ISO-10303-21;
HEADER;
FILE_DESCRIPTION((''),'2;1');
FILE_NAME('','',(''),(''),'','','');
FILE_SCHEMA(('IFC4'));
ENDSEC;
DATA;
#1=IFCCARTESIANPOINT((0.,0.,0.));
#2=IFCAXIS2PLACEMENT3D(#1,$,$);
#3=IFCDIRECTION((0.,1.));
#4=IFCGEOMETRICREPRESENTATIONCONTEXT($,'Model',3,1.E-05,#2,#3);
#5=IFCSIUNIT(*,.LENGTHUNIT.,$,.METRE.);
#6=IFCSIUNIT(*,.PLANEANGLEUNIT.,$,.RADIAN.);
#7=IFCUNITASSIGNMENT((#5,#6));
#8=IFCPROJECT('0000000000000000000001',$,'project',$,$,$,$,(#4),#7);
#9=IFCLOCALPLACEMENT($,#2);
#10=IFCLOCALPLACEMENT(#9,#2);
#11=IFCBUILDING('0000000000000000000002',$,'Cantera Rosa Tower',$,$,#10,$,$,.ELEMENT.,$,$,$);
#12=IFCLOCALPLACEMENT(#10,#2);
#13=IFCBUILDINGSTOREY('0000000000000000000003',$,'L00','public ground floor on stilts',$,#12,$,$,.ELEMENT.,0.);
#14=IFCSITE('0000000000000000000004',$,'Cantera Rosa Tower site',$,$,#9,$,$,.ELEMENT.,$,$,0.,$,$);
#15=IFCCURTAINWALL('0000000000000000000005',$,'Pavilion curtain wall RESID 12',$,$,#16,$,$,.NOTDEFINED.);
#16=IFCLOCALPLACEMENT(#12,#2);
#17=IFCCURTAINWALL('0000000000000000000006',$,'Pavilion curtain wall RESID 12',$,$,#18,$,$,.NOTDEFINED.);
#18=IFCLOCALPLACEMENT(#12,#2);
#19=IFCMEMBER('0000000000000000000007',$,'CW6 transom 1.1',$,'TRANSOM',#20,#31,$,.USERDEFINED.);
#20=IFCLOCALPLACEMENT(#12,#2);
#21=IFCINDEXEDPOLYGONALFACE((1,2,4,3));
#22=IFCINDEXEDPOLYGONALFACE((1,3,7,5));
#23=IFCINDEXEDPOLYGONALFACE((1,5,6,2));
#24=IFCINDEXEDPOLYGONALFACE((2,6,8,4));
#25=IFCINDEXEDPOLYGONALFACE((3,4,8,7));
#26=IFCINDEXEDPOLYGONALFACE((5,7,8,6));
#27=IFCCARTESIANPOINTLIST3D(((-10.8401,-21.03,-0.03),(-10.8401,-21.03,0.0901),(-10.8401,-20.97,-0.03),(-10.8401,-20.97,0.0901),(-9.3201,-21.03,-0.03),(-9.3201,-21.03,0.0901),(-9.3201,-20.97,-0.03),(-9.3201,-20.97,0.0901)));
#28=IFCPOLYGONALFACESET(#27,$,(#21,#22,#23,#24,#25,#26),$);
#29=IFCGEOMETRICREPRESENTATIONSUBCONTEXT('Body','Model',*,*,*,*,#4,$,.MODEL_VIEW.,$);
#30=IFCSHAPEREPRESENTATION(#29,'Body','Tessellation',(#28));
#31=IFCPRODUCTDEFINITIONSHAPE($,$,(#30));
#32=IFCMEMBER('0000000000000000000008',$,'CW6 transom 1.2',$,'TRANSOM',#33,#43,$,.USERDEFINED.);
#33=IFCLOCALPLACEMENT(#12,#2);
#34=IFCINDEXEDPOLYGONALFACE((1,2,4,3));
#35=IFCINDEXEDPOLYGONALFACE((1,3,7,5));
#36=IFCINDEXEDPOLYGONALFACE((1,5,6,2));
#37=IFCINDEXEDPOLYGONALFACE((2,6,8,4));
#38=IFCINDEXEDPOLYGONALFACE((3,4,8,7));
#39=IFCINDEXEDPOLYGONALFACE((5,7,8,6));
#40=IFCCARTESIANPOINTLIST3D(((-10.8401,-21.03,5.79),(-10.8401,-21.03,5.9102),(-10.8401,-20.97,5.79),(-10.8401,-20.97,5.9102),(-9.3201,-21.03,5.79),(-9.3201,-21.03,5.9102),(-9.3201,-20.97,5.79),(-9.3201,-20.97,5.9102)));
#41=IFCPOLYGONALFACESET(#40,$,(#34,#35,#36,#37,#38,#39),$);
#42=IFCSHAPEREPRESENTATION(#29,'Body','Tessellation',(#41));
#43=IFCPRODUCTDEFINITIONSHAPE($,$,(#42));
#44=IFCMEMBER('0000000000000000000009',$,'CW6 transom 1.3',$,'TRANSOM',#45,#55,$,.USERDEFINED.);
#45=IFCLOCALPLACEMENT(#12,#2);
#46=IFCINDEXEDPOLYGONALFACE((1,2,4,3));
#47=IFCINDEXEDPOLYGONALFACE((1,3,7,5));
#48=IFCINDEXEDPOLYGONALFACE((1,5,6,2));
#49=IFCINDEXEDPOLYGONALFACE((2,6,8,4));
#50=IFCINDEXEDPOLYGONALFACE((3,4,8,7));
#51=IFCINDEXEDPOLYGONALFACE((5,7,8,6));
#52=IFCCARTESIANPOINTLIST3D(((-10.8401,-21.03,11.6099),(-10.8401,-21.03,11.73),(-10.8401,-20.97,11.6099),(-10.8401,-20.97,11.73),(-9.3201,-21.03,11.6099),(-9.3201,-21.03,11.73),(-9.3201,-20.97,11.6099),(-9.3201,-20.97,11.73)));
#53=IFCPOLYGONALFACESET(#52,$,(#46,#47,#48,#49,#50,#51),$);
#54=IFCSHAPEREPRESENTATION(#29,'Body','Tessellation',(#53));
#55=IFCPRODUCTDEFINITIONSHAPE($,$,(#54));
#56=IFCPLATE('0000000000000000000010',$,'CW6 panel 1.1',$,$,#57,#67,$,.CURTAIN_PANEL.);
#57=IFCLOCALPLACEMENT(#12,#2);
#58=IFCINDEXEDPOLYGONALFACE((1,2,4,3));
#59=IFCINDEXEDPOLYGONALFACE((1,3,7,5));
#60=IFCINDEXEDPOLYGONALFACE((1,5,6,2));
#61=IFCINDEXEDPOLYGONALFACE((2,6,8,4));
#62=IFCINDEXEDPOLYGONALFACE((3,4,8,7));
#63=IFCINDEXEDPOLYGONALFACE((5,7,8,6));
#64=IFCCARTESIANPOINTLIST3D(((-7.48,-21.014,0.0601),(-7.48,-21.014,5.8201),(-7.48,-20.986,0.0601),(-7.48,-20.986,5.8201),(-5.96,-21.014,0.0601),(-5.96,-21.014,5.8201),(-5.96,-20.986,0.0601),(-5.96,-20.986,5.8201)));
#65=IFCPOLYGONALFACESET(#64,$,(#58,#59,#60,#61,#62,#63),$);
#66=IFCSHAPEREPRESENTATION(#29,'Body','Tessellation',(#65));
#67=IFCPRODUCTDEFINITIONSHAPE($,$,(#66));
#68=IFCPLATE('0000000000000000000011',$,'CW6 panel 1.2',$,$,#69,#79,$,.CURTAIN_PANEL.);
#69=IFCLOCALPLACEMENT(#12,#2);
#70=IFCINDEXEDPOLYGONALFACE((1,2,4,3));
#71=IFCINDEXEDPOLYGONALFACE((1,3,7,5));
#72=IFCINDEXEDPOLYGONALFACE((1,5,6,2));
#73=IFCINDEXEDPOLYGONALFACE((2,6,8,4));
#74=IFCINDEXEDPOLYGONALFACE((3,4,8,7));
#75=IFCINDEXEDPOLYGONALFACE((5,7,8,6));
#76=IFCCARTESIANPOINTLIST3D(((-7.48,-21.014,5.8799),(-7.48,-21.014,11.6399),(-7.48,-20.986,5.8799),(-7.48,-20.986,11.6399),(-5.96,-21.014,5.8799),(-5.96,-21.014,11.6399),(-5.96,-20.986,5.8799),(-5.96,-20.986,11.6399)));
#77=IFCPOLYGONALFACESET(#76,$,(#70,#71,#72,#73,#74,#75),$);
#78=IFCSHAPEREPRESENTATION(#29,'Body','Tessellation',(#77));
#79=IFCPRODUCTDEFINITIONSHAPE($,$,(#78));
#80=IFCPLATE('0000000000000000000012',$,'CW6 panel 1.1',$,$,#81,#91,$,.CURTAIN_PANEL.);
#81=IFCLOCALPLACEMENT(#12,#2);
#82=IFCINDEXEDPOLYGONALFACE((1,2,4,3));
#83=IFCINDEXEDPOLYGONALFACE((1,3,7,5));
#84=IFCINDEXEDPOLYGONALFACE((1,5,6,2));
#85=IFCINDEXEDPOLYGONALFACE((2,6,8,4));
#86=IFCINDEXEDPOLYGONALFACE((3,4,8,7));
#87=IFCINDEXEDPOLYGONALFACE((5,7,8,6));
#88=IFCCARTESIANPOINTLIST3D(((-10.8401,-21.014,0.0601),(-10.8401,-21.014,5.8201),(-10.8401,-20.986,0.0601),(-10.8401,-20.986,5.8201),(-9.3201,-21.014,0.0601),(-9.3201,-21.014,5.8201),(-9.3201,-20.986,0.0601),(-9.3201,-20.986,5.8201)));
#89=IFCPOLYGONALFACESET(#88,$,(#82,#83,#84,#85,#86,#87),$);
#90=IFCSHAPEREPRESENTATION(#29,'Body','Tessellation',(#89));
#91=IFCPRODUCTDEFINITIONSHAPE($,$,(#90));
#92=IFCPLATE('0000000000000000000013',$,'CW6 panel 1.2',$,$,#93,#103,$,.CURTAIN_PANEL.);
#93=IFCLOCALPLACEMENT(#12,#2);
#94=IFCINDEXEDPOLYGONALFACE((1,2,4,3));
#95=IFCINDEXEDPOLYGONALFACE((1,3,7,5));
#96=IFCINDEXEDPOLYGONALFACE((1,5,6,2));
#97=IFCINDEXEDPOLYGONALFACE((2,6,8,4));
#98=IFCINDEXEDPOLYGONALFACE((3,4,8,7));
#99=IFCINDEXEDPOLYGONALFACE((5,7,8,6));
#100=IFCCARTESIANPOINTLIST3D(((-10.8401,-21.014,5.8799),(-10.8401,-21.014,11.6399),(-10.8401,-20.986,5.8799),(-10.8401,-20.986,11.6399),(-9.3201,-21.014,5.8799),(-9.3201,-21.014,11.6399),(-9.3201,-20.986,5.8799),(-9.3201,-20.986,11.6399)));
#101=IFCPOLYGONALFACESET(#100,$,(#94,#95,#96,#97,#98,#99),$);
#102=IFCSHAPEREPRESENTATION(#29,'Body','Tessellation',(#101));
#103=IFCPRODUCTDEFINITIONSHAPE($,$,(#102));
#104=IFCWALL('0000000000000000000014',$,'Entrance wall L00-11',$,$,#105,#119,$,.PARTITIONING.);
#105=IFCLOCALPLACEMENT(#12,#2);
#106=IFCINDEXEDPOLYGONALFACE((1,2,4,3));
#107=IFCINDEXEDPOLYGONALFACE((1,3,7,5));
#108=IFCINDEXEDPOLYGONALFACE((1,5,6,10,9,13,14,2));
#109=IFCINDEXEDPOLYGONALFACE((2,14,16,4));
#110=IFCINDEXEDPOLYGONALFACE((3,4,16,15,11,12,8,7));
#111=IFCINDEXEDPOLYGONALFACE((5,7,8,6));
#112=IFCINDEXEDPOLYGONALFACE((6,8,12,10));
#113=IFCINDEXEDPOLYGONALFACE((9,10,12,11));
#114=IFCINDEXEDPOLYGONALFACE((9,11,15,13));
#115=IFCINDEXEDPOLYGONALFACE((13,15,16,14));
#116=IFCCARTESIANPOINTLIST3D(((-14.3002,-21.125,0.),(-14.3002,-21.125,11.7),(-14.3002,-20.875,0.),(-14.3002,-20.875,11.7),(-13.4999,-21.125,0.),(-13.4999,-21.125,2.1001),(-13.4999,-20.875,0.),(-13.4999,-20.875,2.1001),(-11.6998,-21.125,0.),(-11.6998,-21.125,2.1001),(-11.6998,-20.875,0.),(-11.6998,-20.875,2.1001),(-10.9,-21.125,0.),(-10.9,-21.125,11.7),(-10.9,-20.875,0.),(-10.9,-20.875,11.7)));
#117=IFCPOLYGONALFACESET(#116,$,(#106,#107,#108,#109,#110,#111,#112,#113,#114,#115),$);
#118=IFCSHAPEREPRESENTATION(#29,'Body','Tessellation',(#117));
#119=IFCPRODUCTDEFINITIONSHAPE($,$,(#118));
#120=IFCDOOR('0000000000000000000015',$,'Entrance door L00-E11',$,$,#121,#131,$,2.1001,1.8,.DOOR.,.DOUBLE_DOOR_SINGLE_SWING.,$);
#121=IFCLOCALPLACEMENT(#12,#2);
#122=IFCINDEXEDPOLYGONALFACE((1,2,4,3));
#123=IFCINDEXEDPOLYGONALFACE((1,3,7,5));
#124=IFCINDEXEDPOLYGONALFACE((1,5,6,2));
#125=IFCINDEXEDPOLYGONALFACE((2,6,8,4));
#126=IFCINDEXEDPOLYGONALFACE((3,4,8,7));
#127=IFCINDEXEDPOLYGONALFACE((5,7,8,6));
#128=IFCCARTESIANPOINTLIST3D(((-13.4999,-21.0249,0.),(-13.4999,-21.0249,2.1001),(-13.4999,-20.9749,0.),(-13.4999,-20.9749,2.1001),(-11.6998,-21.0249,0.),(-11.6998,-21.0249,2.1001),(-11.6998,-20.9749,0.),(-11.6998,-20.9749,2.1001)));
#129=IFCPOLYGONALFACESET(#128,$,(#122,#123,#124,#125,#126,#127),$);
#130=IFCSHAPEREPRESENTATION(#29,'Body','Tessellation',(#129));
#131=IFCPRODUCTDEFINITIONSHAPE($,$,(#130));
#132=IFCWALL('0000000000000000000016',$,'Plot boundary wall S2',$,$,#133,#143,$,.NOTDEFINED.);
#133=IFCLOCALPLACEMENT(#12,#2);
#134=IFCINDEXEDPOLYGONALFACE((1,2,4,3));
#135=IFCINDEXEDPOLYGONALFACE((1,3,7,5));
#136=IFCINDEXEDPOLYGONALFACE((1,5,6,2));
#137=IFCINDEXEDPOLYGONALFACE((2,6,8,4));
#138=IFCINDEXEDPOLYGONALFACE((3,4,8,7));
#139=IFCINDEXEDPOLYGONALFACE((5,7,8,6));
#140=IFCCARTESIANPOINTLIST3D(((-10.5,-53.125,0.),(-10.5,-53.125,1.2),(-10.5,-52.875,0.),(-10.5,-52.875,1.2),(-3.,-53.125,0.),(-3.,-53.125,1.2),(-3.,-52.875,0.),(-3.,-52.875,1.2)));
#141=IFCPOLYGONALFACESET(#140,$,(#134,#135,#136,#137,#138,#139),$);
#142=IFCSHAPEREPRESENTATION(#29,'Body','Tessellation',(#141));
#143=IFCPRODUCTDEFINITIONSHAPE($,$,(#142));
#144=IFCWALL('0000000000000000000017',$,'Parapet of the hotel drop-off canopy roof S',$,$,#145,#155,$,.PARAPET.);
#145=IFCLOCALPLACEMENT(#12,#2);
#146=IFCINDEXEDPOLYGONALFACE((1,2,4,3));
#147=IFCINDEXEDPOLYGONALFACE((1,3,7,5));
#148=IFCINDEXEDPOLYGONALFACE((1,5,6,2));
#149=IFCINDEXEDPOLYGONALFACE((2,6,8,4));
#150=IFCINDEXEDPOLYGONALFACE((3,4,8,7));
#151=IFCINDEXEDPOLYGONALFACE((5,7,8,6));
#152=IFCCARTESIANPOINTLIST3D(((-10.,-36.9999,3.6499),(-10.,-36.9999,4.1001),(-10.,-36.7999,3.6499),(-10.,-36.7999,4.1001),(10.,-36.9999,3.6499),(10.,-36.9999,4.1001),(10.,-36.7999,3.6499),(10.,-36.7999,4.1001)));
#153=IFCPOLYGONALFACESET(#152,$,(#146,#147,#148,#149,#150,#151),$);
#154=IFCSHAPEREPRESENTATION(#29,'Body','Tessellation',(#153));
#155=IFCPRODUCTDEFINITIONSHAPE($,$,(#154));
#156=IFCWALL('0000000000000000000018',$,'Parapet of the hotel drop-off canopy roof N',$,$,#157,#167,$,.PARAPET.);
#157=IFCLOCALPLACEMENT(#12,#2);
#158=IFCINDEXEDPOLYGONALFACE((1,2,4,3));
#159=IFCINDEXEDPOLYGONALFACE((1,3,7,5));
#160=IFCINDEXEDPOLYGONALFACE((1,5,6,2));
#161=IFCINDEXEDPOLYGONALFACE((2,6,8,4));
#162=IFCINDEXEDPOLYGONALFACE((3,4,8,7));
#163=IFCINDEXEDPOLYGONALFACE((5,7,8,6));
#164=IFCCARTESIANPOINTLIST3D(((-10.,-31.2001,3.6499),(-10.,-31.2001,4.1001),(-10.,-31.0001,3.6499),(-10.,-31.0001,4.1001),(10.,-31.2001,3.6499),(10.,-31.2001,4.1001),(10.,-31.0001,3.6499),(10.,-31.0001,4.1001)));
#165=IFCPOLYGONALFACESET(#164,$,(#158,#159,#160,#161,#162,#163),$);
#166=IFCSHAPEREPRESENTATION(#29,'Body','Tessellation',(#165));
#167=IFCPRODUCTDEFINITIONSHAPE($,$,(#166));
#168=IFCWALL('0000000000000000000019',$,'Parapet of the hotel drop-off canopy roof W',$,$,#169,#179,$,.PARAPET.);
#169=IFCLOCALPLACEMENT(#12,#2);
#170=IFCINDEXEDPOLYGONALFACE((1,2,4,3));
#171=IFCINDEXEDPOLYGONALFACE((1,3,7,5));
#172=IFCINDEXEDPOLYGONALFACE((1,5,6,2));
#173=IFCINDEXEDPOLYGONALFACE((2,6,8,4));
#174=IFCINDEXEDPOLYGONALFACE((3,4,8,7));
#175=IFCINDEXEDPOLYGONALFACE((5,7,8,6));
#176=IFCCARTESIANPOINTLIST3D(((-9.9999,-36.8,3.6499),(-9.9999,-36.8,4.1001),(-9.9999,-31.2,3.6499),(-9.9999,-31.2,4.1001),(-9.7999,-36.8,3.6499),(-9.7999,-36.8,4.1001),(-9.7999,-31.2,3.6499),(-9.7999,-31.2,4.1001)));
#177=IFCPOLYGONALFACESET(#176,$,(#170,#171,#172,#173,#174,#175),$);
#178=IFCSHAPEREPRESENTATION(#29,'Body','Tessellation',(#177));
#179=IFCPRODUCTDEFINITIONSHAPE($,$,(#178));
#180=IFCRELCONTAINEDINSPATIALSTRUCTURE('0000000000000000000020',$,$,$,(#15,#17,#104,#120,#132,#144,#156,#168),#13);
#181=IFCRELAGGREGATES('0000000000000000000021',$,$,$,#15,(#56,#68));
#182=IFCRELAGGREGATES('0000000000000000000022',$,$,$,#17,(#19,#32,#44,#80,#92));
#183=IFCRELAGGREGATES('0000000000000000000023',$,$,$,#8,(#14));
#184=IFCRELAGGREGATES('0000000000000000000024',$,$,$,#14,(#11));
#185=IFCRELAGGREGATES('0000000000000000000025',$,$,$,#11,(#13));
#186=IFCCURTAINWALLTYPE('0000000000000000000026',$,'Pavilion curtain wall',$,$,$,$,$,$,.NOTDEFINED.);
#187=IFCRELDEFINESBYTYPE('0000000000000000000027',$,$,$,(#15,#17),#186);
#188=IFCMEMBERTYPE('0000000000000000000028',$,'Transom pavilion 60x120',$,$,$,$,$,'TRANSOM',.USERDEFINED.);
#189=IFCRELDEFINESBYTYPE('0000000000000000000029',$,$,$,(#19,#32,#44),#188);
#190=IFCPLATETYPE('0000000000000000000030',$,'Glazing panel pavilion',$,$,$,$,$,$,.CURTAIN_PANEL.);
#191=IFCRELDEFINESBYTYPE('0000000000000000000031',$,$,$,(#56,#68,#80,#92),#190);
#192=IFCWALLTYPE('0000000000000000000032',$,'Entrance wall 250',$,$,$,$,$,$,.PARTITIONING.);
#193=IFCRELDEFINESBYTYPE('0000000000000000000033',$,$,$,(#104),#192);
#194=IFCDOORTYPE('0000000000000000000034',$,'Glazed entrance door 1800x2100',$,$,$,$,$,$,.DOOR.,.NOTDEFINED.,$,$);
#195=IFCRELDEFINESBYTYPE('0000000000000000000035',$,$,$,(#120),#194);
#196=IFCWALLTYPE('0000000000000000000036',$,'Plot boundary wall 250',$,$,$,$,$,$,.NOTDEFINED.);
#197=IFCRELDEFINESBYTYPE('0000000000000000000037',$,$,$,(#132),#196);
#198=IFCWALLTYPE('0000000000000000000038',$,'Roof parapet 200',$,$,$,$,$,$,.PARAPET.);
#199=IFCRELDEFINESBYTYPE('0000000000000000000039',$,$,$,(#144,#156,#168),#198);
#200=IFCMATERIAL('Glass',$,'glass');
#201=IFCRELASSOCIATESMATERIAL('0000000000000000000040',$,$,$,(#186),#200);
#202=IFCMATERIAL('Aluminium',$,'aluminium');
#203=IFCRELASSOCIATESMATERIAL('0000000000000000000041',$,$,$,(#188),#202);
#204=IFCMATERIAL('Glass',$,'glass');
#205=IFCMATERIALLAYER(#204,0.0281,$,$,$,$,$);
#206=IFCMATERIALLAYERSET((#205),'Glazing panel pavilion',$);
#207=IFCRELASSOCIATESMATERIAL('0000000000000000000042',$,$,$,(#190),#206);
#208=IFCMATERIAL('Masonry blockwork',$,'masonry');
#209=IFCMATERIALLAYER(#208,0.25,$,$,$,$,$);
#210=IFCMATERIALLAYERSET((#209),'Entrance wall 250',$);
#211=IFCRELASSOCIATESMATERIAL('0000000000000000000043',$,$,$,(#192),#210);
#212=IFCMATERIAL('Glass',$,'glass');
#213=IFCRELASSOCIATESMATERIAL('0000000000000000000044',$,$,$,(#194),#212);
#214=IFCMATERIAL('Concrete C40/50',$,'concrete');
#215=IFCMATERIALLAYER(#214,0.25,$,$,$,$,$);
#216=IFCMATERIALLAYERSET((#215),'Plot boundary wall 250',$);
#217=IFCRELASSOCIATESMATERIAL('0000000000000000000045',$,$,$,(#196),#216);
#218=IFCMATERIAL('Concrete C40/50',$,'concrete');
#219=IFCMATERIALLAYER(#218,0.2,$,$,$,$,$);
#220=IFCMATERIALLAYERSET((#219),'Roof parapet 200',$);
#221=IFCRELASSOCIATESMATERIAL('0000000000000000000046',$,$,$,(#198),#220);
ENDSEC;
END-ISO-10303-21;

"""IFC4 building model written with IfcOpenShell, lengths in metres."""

from ifc_helpers import new_model, si_unit, direction, frame, frame_2d, origin, origin_2d, place, context, subcontext, project, spatial, rectangle, extrude, material, layer, layer_set, material_profile, profile_set, type_object, element, fill, aggregate, save


model = new_model("IFC4")

# Units and contexts
model_context = context("Model", 3, precision=1e-05, world=origin(), true_north=direction((0.0, 1.0)))
body_context = subcontext(model_context, "Body", "Model", "MODEL_VIEW")
ifc_project = project(units=[si_unit("LENGTHUNIT", "METRE"), si_unit("PLANEANGLEUNIT", "RADIAN")], contexts=[model_context])

# Site, building, storey
site_placement = place(None, origin())
site = spatial("IfcSite", under=ifc_project, at=site_placement, Name="Cantera Rosa Tower site", CompositionType="ELEMENT", RefElevation=0.0)
building_placement = place(site_placement, origin())
building = spatial("IfcBuilding", under=site, at=building_placement, Name="Cantera Rosa Tower", CompositionType="ELEMENT")
storey_placement = place(building_placement, origin())
storey = spatial("IfcBuildingStorey", under=building, at=storey_placement, Name="L00", Description="public ground floor on stilts", CompositionType="ELEMENT", Elevation=0.0)

# Curtain wall
ifc_material_1 = material(Name="Glass", Category="glass")
curtain_wall_type = type_object("IfcCurtainWallType", Name="Pavilion curtain wall", PredefinedType="NOTDEFINED", material=ifc_material_1)
curtain_wall_1_placement = place(storey_placement, origin())
curtain_wall_1 = element("IfcCurtainWall", 1, at=curtain_wall_1_placement, inside=storey, type_object=curtain_wall_type, Name="Pavilion curtain wall RESID 12", PredefinedType="NOTDEFINED")

# Curtain wall
curtain_wall_2_placement = place(storey_placement, origin())
curtain_wall_2 = element("IfcCurtainWall", 2, at=curtain_wall_2_placement, inside=storey, type_object=curtain_wall_type, Name="Pavilion curtain wall RESID 12", PredefinedType="NOTDEFINED")

# Members
ifc_material_2 = material(Name="Aluminium", Category="aluminium")
ifc_material_profile_1 = material_profile(ifc_material_2, rectangle(XDim=0.0601, YDim=0.1201, at=origin_2d()), Name="Transom pavilion 60x120")
ifc_profile_set_1 = profile_set([ifc_material_profile_1], Name="Aluminium")
member_type_1 = type_object("IfcMemberType", Name="Transom pavilion 60x120", ElementType="TRANSOM", PredefinedType="USERDEFINED", material=ifc_profile_set_1)
member_1_placement = place(storey_placement, frame((-9.3201, -21.0, 0.03), z_axis=(-1.0, 0.0, 0.0), x_axis=(0.0, -1.0, 0.0)))
member_1 = element("IfcMember", 3, at=member_1_placement, type_object=member_type_1, Name="CW6 transom 1.1", ObjectType="TRANSOM", PredefinedType="USERDEFINED", context=body_context, shape_type="SweptSolid", body=[
    extrude(rectangle(XDim=0.0601, YDim=0.1201, at=origin_2d()), origin(), (0.0, 0.0, 1.0), 1.52),
])
member_2_placement = place(storey_placement, frame((-9.3201, -21.0, 5.8501), z_axis=(-1.0, 0.0, 0.0), x_axis=(0.0, -1.0, 0.0)))
member_2 = element("IfcMember", 4, at=member_2_placement, type_object=member_type_1, Name="CW6 transom 1.2", ObjectType="TRANSOM", PredefinedType="USERDEFINED", context=body_context, shape_type="SweptSolid", body=[
    extrude(rectangle(XDim=0.0601, YDim=0.1201, at=origin_2d()), origin(), (0.0, 0.0, 1.0), 1.52),
])
member_3_placement = place(storey_placement, frame((-9.3201, -21.0, 11.6699), z_axis=(-1.0, 0.0, 0.0), x_axis=(0.0, -1.0, 0.0)))
member_3 = element("IfcMember", 5, at=member_3_placement, type_object=member_type_1, Name="CW6 transom 1.3", ObjectType="TRANSOM", PredefinedType="USERDEFINED", context=body_context, shape_type="SweptSolid", body=[
    extrude(rectangle(XDim=0.0601, YDim=0.1201, at=origin_2d()), origin(), (0.0, 0.0, 1.0), 1.52),
])

# Plates
ifc_material_3 = material(Name="Glass", Category="glass")
ifc_layer_1 = layer(ifc_material_3, 0.0281)
ifc_layer_set_1 = layer_set([ifc_layer_1], Name="Glazing panel pavilion")
plate_type = type_object("IfcPlateType", Name="Glazing panel pavilion", PredefinedType="CURTAIN_PANEL", material=ifc_layer_set_1)
plate_1_placement = place(storey_placement, frame((-6.72, -21.0, 0.0601), z_axis=(0.0, 0.0, 1.0), x_axis=(-1.0, 0.0, 0.0)))
plate_1 = element("IfcPlate", 6, at=plate_1_placement, type_object=plate_type, Name="CW6 panel 1.1", PredefinedType="CURTAIN_PANEL", context=body_context, shape_type="SweptSolid", body=[
    extrude(rectangle(XDim=1.52, YDim=0.0281, at=origin_2d()), origin(), (0.0, 0.0, 1.0), 5.76),
])
plate_2_placement = place(storey_placement, frame((-6.72, -21.0, 5.8799), z_axis=(0.0, 0.0, 1.0), x_axis=(-1.0, 0.0, 0.0)))
plate_2 = element("IfcPlate", 7, at=plate_2_placement, type_object=plate_type, Name="CW6 panel 1.2", PredefinedType="CURTAIN_PANEL", context=body_context, shape_type="SweptSolid", body=[
    extrude(rectangle(XDim=1.52, YDim=0.0281, at=origin_2d()), origin(), (0.0, 0.0, 1.0), 5.76),
])
aggregate(curtain_wall_1, [plate_1, plate_2])
plate_3_placement = place(storey_placement, frame((-10.0801, -21.0, 0.0601), z_axis=(0.0, 0.0, 1.0), x_axis=(-1.0, 0.0, 0.0)))
plate_3 = element("IfcPlate", 8, at=plate_3_placement, type_object=plate_type, Name="CW6 panel 1.1", PredefinedType="CURTAIN_PANEL", context=body_context, shape_type="SweptSolid", body=[
    extrude(rectangle(XDim=1.52, YDim=0.0281, at=origin_2d()), origin(), (0.0, 0.0, 1.0), 5.76),
])
plate_4_placement = place(storey_placement, frame((-10.0801, -21.0, 5.8799), z_axis=(0.0, 0.0, 1.0), x_axis=(-1.0, 0.0, 0.0)))
plate_4 = element("IfcPlate", 9, at=plate_4_placement, type_object=plate_type, Name="CW6 panel 1.2", PredefinedType="CURTAIN_PANEL", context=body_context, shape_type="SweptSolid", body=[
    extrude(rectangle(XDim=1.52, YDim=0.0281, at=origin_2d()), origin(), (0.0, 0.0, 1.0), 5.76),
])
aggregate(curtain_wall_2, [member_1, member_2, member_3, plate_3, plate_4])

# Wall, opening, door
ifc_material_4 = material(Name="Masonry blockwork", Category="masonry")
ifc_layer_2 = layer(ifc_material_4, 0.25)
ifc_layer_set_2 = layer_set([ifc_layer_2], Name="Entrance wall 250")
wall_type_1 = type_object("IfcWallType", Name="Entrance wall 250", PredefinedType="PARTITIONING", material=ifc_layer_set_2)
wall_1_placement = place(storey_placement, frame((-10.8999, -21.0, 0.0), z_axis=(0.0, 0.0, 1.0), x_axis=(-1.0, 0.0, 0.0)))
wall_1 = element("IfcWall", 10, at=wall_1_placement, inside=storey, type_object=wall_type_1, Name="Entrance wall L00-11", PredefinedType="PARTITIONING", context=body_context, shape_type="SweptSolid", body=[
    extrude(rectangle(XDim=3.4001, YDim=0.25, at=frame_2d((1.7002, 0.0))), origin(), (0.0, 0.0, 1.0), 11.7),
])
opening_placement = place(wall_1_placement, frame((0.8, 0.0, 0.0)))
opening = element("IfcOpeningElement", 11, at=opening_placement, cuts=wall_1, PredefinedType="OPENING", context=body_context, shape_type="SweptSolid", body=[
    extrude(rectangle(XDim=1.8, YDim=2.1001, at=frame_2d((0.8999, 1.05))), frame((0.0, 0.135, 0.0), z_axis=(0.0, -1.0, 0.0), x_axis=(1.0, 0.0, 0.0)), (0.0, 0.0, 1.0), 0.27),
])
ifc_material_5 = material(Name="Glass", Category="glass")
door_type = type_object("IfcDoorType", Name="Glazed entrance door 1800x2100", OperationType="NOTDEFINED", PredefinedType="DOOR", material=ifc_material_5)
door_placement = place(opening_placement, origin())
door = element("IfcDoor", 12, at=door_placement, inside=storey, type_object=door_type, Name="Entrance door L00-E11", OperationType="DOUBLE_DOOR_SINGLE_SWING", OverallHeight=2.1001, OverallWidth=1.8, PredefinedType="DOOR", context=body_context, shape_type="SweptSolid", body=[
    extrude(rectangle(XDim=1.8, YDim=2.1001, at=frame_2d((0.8999, 1.05))), frame((0.0, 0.0249, 0.0), z_axis=(0.0, -1.0, 0.0), x_axis=(1.0, 0.0, 0.0)), (0.0, 0.0, 1.0), 0.05),
])
fill(opening, door)

# Walls
ifc_material_6 = material(Name="Concrete C40/50", Category="concrete")
ifc_layer_3 = layer(ifc_material_6, 0.25)
ifc_layer_set_3 = layer_set([ifc_layer_3], Name="Plot boundary wall 250")
wall_type_2 = type_object("IfcWallType", Name="Plot boundary wall 250", PredefinedType="NOTDEFINED", material=ifc_layer_set_3)
wall_2_placement = place(storey_placement, frame((-10.5, -53.0, 0.0), z_axis=(0.0, 0.0, 1.0), x_axis=(1.0, 0.0, 0.0)))
element("IfcWall", 13, at=wall_2_placement, inside=storey, type_object=wall_type_2, Name="Plot boundary wall S2", PredefinedType="NOTDEFINED", context=body_context, shape_type="SweptSolid", body=[
    extrude(rectangle(XDim=7.5, YDim=0.25, at=frame_2d((3.75, 0.0))), origin(), (0.0, 0.0, 1.0), 1.2),
])
ifc_material_7 = material(Name="Concrete C40/50", Category="concrete")
ifc_layer_4 = layer(ifc_material_7, 0.2)
ifc_layer_set_4 = layer_set([ifc_layer_4], Name="Roof parapet 200")
wall_type_3 = type_object("IfcWallType", Name="Roof parapet 200", PredefinedType="PARAPET", material=ifc_layer_set_4)
for number, where, z_axis, x_axis, name in (
    (14, (-10.0, -36.8999, 3.6499), (0.0, 0.0, 1.0), (1.0, 0.0, 0.0), "Parapet of the hotel drop-off canopy roof S"),
    (15, (-10.0, -31.1001, 3.6499), (0.0, 0.0, 1.0), (1.0, 0.0, 0.0), "Parapet of the hotel drop-off canopy roof N"),
):
    element("IfcWall", number, at=place(storey_placement, frame(where, z_axis=z_axis, x_axis=x_axis)), inside=storey, type_object=wall_type_3, Name=name, PredefinedType="PARAPET", context=body_context, shape_type="SweptSolid", body=[
        extrude(rectangle(XDim=20.0, YDim=0.2, at=frame_2d((10.0, 0.0))), origin(), (0.0, 0.0, 1.0), 0.4502),
    ])
wall_3_placement = place(storey_placement, frame((-9.8999, -36.8, 3.6499), z_axis=(0.0, 0.0, 1.0), x_axis=(0.0, 1.0, 0.0)))
element("IfcWall", 16, at=wall_3_placement, inside=storey, type_object=wall_type_3, Name="Parapet of the hotel drop-off canopy roof W", PredefinedType="PARAPET", context=body_context, shape_type="SweptSolid", body=[
    extrude(rectangle(XDim=5.6001, YDim=0.2, at=frame_2d((2.8, 0.0))), origin(), (0.0, 0.0, 1.0), 0.4502),
])

save(model, "model.ifc")
